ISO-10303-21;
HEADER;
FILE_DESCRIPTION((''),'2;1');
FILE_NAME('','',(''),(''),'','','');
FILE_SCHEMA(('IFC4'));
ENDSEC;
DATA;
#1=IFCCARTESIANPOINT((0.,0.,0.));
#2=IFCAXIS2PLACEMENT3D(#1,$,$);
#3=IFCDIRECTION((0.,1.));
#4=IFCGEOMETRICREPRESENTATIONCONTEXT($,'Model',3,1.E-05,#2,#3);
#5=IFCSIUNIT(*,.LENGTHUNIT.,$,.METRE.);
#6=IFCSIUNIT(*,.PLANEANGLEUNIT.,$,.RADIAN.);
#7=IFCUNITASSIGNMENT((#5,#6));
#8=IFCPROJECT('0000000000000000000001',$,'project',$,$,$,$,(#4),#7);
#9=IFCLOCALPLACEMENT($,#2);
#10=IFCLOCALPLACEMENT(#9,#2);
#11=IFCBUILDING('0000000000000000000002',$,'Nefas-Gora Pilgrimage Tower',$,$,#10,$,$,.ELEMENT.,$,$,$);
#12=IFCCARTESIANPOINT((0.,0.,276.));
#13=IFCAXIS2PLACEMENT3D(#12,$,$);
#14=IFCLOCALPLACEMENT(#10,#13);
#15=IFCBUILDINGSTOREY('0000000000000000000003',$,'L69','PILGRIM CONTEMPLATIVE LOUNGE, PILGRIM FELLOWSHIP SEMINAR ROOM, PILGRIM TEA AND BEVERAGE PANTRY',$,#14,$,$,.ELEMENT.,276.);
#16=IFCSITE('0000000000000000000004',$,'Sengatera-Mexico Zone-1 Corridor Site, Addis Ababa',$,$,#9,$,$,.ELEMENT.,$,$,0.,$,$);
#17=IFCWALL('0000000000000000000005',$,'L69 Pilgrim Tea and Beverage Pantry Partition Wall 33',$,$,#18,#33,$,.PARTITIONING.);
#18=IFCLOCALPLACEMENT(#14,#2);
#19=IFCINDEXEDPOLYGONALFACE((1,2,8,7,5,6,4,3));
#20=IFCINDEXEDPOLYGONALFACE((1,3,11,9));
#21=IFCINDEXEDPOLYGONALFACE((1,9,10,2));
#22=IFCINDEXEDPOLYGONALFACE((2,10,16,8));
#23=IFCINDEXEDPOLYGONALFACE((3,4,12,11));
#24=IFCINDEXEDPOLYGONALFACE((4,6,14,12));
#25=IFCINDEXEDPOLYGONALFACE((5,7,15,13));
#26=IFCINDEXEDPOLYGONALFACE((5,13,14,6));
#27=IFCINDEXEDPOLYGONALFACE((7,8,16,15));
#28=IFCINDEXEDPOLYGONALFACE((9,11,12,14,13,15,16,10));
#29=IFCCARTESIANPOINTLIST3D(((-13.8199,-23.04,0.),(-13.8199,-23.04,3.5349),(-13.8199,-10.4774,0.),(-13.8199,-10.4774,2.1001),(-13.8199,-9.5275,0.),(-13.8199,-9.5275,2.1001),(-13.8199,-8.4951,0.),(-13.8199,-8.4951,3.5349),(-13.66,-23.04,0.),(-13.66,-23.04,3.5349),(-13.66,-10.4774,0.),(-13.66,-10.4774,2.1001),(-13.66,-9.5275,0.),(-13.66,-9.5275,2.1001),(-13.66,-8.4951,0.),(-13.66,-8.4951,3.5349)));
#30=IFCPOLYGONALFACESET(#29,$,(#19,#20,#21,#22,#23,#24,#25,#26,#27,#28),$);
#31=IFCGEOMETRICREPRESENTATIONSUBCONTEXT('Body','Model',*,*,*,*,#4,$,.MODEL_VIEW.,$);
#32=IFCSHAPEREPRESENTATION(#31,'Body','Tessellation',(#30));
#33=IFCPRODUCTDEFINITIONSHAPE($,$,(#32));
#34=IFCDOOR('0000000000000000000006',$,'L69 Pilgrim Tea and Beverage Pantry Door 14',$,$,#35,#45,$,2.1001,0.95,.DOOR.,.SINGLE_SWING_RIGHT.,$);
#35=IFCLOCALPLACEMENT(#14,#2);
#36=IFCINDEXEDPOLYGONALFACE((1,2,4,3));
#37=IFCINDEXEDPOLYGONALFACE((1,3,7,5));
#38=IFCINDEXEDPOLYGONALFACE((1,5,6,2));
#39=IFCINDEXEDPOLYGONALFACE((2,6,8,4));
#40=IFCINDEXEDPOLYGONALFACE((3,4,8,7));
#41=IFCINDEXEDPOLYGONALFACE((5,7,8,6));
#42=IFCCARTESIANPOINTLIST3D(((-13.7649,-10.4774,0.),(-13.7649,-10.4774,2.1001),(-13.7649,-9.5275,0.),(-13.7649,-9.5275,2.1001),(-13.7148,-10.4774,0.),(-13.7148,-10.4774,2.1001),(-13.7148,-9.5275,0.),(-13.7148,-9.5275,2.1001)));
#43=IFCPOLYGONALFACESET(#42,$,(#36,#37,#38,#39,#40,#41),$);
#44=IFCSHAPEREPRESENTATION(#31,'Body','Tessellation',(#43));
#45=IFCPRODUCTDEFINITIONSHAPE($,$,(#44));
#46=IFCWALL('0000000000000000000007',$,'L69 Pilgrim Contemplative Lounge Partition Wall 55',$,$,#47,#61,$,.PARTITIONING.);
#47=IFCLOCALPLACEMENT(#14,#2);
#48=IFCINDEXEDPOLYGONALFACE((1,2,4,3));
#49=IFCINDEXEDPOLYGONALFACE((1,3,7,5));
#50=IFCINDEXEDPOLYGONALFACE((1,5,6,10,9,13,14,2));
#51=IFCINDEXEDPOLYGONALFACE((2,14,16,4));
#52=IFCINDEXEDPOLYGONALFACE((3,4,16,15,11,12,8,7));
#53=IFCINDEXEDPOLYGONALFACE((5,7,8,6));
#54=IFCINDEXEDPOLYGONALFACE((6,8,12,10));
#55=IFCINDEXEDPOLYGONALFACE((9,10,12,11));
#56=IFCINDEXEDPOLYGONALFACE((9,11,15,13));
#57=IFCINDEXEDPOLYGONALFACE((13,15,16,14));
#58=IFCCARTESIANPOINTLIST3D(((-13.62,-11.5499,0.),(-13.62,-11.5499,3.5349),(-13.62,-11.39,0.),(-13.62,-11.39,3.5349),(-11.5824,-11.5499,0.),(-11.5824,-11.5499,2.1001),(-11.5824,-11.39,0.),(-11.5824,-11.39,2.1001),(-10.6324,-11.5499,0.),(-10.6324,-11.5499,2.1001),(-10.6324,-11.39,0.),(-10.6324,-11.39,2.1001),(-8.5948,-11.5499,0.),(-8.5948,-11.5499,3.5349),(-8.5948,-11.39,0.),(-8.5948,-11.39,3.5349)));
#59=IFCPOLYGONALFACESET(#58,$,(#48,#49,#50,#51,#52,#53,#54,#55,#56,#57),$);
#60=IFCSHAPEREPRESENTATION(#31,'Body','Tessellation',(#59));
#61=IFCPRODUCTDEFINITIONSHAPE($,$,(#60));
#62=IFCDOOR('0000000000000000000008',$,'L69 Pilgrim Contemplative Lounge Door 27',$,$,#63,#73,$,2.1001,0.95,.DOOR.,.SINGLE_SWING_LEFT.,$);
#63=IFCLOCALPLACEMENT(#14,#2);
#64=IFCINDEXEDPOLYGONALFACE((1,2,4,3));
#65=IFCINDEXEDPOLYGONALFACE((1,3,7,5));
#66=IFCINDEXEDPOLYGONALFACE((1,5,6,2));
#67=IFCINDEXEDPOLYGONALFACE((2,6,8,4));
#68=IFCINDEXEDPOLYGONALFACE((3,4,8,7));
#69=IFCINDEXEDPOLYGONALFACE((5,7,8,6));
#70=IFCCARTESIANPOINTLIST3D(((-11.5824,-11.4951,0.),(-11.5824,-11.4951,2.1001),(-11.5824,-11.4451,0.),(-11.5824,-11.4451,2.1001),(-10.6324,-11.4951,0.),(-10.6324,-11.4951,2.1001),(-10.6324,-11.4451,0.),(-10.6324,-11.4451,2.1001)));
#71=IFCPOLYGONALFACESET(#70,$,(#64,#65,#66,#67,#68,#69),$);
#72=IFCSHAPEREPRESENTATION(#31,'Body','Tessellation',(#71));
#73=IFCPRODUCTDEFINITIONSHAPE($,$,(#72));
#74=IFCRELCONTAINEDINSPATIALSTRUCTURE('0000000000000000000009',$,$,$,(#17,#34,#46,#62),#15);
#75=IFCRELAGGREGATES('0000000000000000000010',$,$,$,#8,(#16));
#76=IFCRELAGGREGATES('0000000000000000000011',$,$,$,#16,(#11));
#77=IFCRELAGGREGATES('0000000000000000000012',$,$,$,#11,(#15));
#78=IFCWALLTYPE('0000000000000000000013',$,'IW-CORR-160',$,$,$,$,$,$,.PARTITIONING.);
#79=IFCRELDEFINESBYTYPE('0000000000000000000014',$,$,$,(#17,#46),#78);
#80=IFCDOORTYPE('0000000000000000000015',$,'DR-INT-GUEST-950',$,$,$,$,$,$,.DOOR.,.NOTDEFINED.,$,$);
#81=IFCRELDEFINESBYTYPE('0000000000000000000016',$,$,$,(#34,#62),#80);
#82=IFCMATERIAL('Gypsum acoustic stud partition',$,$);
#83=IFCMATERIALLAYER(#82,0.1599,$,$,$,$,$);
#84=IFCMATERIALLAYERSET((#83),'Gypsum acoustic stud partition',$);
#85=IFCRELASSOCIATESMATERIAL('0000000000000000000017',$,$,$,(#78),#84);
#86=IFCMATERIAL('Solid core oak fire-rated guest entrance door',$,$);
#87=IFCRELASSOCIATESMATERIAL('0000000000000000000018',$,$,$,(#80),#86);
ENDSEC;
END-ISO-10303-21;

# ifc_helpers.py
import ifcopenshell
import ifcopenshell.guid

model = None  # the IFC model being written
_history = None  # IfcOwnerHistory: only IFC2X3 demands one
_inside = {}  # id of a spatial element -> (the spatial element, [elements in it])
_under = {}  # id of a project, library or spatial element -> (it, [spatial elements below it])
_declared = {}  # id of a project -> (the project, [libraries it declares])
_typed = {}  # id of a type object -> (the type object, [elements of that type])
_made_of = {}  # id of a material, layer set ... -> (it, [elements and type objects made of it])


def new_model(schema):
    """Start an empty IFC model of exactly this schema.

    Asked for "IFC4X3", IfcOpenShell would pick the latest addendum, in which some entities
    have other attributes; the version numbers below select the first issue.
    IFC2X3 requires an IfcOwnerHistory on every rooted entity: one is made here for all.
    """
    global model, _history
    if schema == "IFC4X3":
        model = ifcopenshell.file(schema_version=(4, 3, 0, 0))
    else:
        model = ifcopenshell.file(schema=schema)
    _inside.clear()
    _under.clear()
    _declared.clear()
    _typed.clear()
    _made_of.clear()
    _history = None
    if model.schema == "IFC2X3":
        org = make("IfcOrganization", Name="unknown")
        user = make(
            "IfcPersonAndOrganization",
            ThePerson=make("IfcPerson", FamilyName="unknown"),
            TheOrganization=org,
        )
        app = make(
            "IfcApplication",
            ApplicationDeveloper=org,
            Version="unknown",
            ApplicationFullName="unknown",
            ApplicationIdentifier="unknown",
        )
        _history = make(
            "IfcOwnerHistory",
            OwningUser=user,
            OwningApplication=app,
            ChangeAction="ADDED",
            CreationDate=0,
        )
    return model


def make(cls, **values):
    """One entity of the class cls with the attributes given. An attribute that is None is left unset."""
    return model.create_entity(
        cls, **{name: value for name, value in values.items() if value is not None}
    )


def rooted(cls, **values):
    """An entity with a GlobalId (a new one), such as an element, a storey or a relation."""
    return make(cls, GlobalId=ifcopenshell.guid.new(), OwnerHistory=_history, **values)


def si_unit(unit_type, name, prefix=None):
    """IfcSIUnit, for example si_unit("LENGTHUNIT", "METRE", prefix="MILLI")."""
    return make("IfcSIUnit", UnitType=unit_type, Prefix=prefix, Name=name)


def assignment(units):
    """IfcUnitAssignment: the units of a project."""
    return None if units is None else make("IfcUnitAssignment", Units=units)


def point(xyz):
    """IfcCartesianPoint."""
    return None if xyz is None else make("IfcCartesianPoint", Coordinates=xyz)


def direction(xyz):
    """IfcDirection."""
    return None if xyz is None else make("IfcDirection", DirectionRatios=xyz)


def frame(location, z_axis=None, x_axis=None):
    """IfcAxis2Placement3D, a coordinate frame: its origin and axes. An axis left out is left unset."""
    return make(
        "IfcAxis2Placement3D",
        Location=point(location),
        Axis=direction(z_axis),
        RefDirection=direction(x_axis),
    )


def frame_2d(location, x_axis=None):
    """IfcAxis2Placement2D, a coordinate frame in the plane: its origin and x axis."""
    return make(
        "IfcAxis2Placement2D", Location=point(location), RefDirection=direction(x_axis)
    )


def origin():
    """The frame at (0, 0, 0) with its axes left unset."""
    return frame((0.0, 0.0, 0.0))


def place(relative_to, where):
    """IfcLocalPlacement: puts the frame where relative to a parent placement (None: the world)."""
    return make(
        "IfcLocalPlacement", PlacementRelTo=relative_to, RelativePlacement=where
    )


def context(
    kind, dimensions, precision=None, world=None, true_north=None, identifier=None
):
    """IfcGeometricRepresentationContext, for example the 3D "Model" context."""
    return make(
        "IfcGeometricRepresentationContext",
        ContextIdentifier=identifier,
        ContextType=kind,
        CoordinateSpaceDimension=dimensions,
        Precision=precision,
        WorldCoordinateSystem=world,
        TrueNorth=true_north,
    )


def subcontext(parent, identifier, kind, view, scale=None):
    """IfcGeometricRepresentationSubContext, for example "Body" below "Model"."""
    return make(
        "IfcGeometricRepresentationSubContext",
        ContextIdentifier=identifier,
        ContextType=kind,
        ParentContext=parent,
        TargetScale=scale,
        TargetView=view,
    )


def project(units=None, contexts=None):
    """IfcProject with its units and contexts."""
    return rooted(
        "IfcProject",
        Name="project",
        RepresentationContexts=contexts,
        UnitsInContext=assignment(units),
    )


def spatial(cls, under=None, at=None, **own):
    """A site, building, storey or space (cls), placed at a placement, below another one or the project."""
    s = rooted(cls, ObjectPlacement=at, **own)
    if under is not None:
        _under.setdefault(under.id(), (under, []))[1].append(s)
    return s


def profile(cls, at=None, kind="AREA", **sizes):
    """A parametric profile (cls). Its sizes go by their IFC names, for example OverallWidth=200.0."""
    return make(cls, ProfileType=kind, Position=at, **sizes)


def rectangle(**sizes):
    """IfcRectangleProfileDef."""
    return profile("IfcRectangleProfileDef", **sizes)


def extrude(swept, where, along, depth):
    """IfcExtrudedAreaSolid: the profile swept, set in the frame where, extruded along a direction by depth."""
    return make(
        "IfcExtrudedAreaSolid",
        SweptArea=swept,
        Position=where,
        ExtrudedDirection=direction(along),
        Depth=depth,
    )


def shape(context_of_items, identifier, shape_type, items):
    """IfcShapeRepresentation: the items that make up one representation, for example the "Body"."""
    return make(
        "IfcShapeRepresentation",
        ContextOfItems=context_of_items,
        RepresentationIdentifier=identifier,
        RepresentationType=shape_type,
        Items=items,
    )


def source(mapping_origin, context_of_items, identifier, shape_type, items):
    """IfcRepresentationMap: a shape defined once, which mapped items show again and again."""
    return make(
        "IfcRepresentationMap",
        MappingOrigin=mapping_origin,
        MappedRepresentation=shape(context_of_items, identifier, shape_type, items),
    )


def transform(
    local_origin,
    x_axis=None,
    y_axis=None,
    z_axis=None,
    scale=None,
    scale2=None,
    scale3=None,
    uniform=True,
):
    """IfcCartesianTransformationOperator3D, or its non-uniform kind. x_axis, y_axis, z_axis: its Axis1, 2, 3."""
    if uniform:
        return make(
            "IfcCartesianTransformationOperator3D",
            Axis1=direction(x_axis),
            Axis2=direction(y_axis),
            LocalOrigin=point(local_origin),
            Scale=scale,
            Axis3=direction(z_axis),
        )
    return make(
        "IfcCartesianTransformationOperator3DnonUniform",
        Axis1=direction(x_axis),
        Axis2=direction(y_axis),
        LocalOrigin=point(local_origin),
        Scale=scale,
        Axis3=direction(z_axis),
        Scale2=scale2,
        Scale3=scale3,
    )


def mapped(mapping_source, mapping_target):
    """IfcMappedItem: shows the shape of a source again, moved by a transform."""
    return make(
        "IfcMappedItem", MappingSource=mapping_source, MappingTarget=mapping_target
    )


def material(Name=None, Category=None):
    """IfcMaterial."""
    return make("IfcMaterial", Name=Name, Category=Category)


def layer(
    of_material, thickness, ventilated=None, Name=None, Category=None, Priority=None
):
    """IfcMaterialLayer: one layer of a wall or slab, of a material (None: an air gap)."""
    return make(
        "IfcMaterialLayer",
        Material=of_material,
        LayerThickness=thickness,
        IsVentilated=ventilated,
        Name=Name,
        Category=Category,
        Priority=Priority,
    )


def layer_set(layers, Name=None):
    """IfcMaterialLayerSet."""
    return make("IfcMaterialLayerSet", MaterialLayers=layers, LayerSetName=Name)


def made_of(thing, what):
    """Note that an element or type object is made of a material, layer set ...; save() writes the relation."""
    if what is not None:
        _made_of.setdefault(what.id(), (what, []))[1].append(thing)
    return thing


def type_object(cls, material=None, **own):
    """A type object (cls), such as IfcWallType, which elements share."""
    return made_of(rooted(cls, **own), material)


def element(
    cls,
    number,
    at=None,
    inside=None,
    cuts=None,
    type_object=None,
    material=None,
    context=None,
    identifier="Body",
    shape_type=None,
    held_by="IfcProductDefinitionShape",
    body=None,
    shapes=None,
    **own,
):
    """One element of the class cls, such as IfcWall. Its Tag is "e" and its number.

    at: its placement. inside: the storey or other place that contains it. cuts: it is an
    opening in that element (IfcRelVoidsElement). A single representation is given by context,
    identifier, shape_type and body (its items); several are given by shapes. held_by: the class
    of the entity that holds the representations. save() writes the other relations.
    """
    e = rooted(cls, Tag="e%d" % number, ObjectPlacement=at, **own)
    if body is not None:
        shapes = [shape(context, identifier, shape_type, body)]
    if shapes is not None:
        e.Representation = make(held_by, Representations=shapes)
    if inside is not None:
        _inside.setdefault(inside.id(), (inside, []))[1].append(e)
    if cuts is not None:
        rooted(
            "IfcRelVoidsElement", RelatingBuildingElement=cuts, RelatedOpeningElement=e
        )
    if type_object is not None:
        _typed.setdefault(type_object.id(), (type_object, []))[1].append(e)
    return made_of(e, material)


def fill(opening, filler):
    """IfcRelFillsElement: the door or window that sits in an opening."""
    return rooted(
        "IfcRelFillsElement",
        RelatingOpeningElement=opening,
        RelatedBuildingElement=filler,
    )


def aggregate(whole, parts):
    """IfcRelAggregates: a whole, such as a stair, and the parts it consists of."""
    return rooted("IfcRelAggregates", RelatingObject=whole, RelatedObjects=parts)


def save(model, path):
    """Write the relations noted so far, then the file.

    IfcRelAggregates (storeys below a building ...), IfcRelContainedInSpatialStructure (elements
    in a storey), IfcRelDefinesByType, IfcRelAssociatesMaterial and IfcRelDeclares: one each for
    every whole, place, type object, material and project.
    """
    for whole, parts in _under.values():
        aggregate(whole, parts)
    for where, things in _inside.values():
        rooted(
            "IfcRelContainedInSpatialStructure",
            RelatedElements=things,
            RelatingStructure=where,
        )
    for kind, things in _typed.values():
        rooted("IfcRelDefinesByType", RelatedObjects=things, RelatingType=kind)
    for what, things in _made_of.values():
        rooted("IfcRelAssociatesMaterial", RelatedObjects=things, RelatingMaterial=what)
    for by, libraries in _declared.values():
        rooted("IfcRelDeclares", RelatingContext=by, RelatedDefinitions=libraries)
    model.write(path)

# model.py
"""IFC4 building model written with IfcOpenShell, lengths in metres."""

from ifc_helpers import new_model, si_unit, direction, frame, frame_2d, origin, place, context, subcontext, project, spatial, rectangle, extrude, source, transform, mapped, material, layer, layer_set, type_object, element, fill, save


model = new_model("IFC4")

# Units and contexts
model_context = context("Model", 3, precision=1e-05, world=origin(), true_north=direction((0.0, 1.0)))
body_context = subcontext(model_context, "Body", "Model", "MODEL_VIEW")
ifc_project = project(units=[si_unit("LENGTHUNIT", "METRE"), si_unit("PLANEANGLEUNIT", "RADIAN")], contexts=[model_context])

# Site, building, storey
site_placement = place(None, origin())
site = spatial("IfcSite", under=ifc_project, at=site_placement, Name="Sengatera-Mexico Zone-1 Corridor Site, Addis Ababa", CompositionType="ELEMENT", RefElevation=0.0)
building_placement = place(site_placement, origin())
building = spatial("IfcBuilding", under=site, at=building_placement, Name="Nefas-Gora Pilgrimage Tower", CompositionType="ELEMENT")
storey_placement = place(building_placement, frame((0.0, 0.0, 276.0)))
storey = spatial("IfcBuildingStorey", under=building, at=storey_placement, Name="L69", Description="PILGRIM CONTEMPLATIVE LOUNGE, PILGRIM FELLOWSHIP SEMINAR ROOM, PILGRIM TEA AND BEVERAGE PANTRY", CompositionType="ELEMENT", Elevation=276.0)

# Walls, openings, doors
ifc_material_1 = material(Name="Gypsum acoustic stud partition")
ifc_layer_1 = layer(ifc_material_1, 0.1599)
ifc_layer_set_1 = layer_set([ifc_layer_1], Name="Gypsum acoustic stud partition")
wall_type_1 = type_object("IfcWallType", Name="IW-CORR-160", PredefinedType="PARTITIONING", material=ifc_layer_set_1)
shared_shape_1 = source(origin(), body_context, "Body", "SweptSolid", [
    extrude(rectangle(XDim=14.5449, YDim=0.1599, at=frame_2d((7.2725, 0.0))), origin(), (0.0, 0.0, 1.0), 3.5349),
])
wall_1_placement = place(storey_placement, frame((-13.74, -23.04, 0.0), z_axis=(0.0, 0.0, 1.0), x_axis=(0.0, 1.0, 0.0)))
wall_1 = element("IfcWall", 1, at=wall_1_placement, inside=storey, type_object=wall_type_1, Name="L69 Pilgrim Tea and Beverage Pantry Partition Wall 33", PredefinedType="PARTITIONING", context=body_context, shape_type="MappedRepresentation", body=[
    mapped(shared_shape_1, transform((0.0, 0.0, 0.0), x_axis=(1.0, 0.0, 0.0), y_axis=(0.0, 1.0, 0.0), z_axis=(0.0, 0.0, 1.0), scale=1.0)),
])
opening_1_placement = place(wall_1_placement, frame((12.5625, 0.0, 0.0)))
opening_1 = element("IfcOpeningElement", 2, at=opening_1_placement, cuts=wall_1, PredefinedType="OPENING", context=body_context, shape_type="SweptSolid", body=[
    extrude(rectangle(XDim=0.95, YDim=2.1001, at=frame_2d((0.4751, 1.05))), frame((0.0, 0.0898, 0.0), z_axis=(0.0, -1.0, 0.0), x_axis=(1.0, 0.0, 0.0)), (0.0, 0.0, 1.0), 0.1799),
])
ifc_material_2 = material(Name="Solid core oak fire-rated guest entrance door")
door_type = type_object("IfcDoorType", Name="DR-INT-GUEST-950", OperationType="NOTDEFINED", PredefinedType="DOOR", material=ifc_material_2)
shared_shape_2 = source(origin(), body_context, "Body", "SweptSolid", [
    extrude(rectangle(XDim=0.95, YDim=2.1001, at=frame_2d((0.4751, 1.05))), frame((0.0, 0.0249, 0.0), z_axis=(0.0, -1.0, 0.0), x_axis=(1.0, 0.0, 0.0)), (0.0, 0.0, 1.0), 0.05),
])
door_1_placement = place(opening_1_placement, origin())
door_1 = element("IfcDoor", 3, at=door_1_placement, inside=storey, type_object=door_type, Name="L69 Pilgrim Tea and Beverage Pantry Door 14", OperationType="SINGLE_SWING_RIGHT", OverallHeight=2.1001, OverallWidth=0.95, PredefinedType="DOOR", context=body_context, shape_type="MappedRepresentation", body=[
    mapped(shared_shape_2, transform((0.0, 0.0, 0.0), x_axis=(1.0, 0.0, 0.0), y_axis=(0.0, 1.0, 0.0), z_axis=(0.0, 0.0, 1.0), scale=1.0)),
])
fill(opening_1, door_1)
shared_shape_3 = source(origin(), body_context, "Body", "SweptSolid", [
    extrude(rectangle(XDim=5.0251, YDim=0.1599, at=frame_2d((2.5127, 0.0))), origin(), (0.0, 0.0, 1.0), 3.5349),
])
wall_2_placement = place(storey_placement, frame((-13.6201, -11.47, 0.0), z_axis=(0.0, 0.0, 1.0), x_axis=(1.0, 0.0, 0.0)))
wall_2 = element("IfcWall", 4, at=wall_2_placement, inside=storey, type_object=wall_type_1, Name="L69 Pilgrim Contemplative Lounge Partition Wall 55", PredefinedType="PARTITIONING", context=body_context, shape_type="MappedRepresentation", body=[
    mapped(shared_shape_3, transform((0.0, 0.0, 0.0), x_axis=(1.0, 0.0, 0.0), y_axis=(0.0, 1.0, 0.0), z_axis=(0.0, 0.0, 1.0), scale=1.0)),
])
opening_2_placement = place(wall_2_placement, frame((2.0376, 0.0, 0.0)))
opening_2 = element("IfcOpeningElement", 5, at=opening_2_placement, cuts=wall_2, PredefinedType="OPENING", context=body_context, shape_type="SweptSolid", body=[
    extrude(rectangle(XDim=0.95, YDim=2.1001, at=frame_2d((0.4751, 1.05))), frame((0.0, 0.0898, 0.0), z_axis=(0.0, -1.0, 0.0), x_axis=(1.0, 0.0, 0.0)), (0.0, 0.0, 1.0), 0.1799),
])
door_2_placement = place(opening_2_placement, origin())
door_2 = element("IfcDoor", 6, at=door_2_placement, inside=storey, type_object=door_type, Name="L69 Pilgrim Contemplative Lounge Door 27", OperationType="SINGLE_SWING_LEFT", OverallHeight=2.1001, OverallWidth=0.95, PredefinedType="DOOR", context=body_context, shape_type="MappedRepresentation", body=[
    mapped(shared_shape_2, transform((0.0, 0.0, 0.0), x_axis=(1.0, 0.0, 0.0), y_axis=(0.0, 1.0, 0.0), z_axis=(0.0, 0.0, 1.0), scale=1.0)),
])
fill(opening_2, door_2)

save(model, "model.ifc")
